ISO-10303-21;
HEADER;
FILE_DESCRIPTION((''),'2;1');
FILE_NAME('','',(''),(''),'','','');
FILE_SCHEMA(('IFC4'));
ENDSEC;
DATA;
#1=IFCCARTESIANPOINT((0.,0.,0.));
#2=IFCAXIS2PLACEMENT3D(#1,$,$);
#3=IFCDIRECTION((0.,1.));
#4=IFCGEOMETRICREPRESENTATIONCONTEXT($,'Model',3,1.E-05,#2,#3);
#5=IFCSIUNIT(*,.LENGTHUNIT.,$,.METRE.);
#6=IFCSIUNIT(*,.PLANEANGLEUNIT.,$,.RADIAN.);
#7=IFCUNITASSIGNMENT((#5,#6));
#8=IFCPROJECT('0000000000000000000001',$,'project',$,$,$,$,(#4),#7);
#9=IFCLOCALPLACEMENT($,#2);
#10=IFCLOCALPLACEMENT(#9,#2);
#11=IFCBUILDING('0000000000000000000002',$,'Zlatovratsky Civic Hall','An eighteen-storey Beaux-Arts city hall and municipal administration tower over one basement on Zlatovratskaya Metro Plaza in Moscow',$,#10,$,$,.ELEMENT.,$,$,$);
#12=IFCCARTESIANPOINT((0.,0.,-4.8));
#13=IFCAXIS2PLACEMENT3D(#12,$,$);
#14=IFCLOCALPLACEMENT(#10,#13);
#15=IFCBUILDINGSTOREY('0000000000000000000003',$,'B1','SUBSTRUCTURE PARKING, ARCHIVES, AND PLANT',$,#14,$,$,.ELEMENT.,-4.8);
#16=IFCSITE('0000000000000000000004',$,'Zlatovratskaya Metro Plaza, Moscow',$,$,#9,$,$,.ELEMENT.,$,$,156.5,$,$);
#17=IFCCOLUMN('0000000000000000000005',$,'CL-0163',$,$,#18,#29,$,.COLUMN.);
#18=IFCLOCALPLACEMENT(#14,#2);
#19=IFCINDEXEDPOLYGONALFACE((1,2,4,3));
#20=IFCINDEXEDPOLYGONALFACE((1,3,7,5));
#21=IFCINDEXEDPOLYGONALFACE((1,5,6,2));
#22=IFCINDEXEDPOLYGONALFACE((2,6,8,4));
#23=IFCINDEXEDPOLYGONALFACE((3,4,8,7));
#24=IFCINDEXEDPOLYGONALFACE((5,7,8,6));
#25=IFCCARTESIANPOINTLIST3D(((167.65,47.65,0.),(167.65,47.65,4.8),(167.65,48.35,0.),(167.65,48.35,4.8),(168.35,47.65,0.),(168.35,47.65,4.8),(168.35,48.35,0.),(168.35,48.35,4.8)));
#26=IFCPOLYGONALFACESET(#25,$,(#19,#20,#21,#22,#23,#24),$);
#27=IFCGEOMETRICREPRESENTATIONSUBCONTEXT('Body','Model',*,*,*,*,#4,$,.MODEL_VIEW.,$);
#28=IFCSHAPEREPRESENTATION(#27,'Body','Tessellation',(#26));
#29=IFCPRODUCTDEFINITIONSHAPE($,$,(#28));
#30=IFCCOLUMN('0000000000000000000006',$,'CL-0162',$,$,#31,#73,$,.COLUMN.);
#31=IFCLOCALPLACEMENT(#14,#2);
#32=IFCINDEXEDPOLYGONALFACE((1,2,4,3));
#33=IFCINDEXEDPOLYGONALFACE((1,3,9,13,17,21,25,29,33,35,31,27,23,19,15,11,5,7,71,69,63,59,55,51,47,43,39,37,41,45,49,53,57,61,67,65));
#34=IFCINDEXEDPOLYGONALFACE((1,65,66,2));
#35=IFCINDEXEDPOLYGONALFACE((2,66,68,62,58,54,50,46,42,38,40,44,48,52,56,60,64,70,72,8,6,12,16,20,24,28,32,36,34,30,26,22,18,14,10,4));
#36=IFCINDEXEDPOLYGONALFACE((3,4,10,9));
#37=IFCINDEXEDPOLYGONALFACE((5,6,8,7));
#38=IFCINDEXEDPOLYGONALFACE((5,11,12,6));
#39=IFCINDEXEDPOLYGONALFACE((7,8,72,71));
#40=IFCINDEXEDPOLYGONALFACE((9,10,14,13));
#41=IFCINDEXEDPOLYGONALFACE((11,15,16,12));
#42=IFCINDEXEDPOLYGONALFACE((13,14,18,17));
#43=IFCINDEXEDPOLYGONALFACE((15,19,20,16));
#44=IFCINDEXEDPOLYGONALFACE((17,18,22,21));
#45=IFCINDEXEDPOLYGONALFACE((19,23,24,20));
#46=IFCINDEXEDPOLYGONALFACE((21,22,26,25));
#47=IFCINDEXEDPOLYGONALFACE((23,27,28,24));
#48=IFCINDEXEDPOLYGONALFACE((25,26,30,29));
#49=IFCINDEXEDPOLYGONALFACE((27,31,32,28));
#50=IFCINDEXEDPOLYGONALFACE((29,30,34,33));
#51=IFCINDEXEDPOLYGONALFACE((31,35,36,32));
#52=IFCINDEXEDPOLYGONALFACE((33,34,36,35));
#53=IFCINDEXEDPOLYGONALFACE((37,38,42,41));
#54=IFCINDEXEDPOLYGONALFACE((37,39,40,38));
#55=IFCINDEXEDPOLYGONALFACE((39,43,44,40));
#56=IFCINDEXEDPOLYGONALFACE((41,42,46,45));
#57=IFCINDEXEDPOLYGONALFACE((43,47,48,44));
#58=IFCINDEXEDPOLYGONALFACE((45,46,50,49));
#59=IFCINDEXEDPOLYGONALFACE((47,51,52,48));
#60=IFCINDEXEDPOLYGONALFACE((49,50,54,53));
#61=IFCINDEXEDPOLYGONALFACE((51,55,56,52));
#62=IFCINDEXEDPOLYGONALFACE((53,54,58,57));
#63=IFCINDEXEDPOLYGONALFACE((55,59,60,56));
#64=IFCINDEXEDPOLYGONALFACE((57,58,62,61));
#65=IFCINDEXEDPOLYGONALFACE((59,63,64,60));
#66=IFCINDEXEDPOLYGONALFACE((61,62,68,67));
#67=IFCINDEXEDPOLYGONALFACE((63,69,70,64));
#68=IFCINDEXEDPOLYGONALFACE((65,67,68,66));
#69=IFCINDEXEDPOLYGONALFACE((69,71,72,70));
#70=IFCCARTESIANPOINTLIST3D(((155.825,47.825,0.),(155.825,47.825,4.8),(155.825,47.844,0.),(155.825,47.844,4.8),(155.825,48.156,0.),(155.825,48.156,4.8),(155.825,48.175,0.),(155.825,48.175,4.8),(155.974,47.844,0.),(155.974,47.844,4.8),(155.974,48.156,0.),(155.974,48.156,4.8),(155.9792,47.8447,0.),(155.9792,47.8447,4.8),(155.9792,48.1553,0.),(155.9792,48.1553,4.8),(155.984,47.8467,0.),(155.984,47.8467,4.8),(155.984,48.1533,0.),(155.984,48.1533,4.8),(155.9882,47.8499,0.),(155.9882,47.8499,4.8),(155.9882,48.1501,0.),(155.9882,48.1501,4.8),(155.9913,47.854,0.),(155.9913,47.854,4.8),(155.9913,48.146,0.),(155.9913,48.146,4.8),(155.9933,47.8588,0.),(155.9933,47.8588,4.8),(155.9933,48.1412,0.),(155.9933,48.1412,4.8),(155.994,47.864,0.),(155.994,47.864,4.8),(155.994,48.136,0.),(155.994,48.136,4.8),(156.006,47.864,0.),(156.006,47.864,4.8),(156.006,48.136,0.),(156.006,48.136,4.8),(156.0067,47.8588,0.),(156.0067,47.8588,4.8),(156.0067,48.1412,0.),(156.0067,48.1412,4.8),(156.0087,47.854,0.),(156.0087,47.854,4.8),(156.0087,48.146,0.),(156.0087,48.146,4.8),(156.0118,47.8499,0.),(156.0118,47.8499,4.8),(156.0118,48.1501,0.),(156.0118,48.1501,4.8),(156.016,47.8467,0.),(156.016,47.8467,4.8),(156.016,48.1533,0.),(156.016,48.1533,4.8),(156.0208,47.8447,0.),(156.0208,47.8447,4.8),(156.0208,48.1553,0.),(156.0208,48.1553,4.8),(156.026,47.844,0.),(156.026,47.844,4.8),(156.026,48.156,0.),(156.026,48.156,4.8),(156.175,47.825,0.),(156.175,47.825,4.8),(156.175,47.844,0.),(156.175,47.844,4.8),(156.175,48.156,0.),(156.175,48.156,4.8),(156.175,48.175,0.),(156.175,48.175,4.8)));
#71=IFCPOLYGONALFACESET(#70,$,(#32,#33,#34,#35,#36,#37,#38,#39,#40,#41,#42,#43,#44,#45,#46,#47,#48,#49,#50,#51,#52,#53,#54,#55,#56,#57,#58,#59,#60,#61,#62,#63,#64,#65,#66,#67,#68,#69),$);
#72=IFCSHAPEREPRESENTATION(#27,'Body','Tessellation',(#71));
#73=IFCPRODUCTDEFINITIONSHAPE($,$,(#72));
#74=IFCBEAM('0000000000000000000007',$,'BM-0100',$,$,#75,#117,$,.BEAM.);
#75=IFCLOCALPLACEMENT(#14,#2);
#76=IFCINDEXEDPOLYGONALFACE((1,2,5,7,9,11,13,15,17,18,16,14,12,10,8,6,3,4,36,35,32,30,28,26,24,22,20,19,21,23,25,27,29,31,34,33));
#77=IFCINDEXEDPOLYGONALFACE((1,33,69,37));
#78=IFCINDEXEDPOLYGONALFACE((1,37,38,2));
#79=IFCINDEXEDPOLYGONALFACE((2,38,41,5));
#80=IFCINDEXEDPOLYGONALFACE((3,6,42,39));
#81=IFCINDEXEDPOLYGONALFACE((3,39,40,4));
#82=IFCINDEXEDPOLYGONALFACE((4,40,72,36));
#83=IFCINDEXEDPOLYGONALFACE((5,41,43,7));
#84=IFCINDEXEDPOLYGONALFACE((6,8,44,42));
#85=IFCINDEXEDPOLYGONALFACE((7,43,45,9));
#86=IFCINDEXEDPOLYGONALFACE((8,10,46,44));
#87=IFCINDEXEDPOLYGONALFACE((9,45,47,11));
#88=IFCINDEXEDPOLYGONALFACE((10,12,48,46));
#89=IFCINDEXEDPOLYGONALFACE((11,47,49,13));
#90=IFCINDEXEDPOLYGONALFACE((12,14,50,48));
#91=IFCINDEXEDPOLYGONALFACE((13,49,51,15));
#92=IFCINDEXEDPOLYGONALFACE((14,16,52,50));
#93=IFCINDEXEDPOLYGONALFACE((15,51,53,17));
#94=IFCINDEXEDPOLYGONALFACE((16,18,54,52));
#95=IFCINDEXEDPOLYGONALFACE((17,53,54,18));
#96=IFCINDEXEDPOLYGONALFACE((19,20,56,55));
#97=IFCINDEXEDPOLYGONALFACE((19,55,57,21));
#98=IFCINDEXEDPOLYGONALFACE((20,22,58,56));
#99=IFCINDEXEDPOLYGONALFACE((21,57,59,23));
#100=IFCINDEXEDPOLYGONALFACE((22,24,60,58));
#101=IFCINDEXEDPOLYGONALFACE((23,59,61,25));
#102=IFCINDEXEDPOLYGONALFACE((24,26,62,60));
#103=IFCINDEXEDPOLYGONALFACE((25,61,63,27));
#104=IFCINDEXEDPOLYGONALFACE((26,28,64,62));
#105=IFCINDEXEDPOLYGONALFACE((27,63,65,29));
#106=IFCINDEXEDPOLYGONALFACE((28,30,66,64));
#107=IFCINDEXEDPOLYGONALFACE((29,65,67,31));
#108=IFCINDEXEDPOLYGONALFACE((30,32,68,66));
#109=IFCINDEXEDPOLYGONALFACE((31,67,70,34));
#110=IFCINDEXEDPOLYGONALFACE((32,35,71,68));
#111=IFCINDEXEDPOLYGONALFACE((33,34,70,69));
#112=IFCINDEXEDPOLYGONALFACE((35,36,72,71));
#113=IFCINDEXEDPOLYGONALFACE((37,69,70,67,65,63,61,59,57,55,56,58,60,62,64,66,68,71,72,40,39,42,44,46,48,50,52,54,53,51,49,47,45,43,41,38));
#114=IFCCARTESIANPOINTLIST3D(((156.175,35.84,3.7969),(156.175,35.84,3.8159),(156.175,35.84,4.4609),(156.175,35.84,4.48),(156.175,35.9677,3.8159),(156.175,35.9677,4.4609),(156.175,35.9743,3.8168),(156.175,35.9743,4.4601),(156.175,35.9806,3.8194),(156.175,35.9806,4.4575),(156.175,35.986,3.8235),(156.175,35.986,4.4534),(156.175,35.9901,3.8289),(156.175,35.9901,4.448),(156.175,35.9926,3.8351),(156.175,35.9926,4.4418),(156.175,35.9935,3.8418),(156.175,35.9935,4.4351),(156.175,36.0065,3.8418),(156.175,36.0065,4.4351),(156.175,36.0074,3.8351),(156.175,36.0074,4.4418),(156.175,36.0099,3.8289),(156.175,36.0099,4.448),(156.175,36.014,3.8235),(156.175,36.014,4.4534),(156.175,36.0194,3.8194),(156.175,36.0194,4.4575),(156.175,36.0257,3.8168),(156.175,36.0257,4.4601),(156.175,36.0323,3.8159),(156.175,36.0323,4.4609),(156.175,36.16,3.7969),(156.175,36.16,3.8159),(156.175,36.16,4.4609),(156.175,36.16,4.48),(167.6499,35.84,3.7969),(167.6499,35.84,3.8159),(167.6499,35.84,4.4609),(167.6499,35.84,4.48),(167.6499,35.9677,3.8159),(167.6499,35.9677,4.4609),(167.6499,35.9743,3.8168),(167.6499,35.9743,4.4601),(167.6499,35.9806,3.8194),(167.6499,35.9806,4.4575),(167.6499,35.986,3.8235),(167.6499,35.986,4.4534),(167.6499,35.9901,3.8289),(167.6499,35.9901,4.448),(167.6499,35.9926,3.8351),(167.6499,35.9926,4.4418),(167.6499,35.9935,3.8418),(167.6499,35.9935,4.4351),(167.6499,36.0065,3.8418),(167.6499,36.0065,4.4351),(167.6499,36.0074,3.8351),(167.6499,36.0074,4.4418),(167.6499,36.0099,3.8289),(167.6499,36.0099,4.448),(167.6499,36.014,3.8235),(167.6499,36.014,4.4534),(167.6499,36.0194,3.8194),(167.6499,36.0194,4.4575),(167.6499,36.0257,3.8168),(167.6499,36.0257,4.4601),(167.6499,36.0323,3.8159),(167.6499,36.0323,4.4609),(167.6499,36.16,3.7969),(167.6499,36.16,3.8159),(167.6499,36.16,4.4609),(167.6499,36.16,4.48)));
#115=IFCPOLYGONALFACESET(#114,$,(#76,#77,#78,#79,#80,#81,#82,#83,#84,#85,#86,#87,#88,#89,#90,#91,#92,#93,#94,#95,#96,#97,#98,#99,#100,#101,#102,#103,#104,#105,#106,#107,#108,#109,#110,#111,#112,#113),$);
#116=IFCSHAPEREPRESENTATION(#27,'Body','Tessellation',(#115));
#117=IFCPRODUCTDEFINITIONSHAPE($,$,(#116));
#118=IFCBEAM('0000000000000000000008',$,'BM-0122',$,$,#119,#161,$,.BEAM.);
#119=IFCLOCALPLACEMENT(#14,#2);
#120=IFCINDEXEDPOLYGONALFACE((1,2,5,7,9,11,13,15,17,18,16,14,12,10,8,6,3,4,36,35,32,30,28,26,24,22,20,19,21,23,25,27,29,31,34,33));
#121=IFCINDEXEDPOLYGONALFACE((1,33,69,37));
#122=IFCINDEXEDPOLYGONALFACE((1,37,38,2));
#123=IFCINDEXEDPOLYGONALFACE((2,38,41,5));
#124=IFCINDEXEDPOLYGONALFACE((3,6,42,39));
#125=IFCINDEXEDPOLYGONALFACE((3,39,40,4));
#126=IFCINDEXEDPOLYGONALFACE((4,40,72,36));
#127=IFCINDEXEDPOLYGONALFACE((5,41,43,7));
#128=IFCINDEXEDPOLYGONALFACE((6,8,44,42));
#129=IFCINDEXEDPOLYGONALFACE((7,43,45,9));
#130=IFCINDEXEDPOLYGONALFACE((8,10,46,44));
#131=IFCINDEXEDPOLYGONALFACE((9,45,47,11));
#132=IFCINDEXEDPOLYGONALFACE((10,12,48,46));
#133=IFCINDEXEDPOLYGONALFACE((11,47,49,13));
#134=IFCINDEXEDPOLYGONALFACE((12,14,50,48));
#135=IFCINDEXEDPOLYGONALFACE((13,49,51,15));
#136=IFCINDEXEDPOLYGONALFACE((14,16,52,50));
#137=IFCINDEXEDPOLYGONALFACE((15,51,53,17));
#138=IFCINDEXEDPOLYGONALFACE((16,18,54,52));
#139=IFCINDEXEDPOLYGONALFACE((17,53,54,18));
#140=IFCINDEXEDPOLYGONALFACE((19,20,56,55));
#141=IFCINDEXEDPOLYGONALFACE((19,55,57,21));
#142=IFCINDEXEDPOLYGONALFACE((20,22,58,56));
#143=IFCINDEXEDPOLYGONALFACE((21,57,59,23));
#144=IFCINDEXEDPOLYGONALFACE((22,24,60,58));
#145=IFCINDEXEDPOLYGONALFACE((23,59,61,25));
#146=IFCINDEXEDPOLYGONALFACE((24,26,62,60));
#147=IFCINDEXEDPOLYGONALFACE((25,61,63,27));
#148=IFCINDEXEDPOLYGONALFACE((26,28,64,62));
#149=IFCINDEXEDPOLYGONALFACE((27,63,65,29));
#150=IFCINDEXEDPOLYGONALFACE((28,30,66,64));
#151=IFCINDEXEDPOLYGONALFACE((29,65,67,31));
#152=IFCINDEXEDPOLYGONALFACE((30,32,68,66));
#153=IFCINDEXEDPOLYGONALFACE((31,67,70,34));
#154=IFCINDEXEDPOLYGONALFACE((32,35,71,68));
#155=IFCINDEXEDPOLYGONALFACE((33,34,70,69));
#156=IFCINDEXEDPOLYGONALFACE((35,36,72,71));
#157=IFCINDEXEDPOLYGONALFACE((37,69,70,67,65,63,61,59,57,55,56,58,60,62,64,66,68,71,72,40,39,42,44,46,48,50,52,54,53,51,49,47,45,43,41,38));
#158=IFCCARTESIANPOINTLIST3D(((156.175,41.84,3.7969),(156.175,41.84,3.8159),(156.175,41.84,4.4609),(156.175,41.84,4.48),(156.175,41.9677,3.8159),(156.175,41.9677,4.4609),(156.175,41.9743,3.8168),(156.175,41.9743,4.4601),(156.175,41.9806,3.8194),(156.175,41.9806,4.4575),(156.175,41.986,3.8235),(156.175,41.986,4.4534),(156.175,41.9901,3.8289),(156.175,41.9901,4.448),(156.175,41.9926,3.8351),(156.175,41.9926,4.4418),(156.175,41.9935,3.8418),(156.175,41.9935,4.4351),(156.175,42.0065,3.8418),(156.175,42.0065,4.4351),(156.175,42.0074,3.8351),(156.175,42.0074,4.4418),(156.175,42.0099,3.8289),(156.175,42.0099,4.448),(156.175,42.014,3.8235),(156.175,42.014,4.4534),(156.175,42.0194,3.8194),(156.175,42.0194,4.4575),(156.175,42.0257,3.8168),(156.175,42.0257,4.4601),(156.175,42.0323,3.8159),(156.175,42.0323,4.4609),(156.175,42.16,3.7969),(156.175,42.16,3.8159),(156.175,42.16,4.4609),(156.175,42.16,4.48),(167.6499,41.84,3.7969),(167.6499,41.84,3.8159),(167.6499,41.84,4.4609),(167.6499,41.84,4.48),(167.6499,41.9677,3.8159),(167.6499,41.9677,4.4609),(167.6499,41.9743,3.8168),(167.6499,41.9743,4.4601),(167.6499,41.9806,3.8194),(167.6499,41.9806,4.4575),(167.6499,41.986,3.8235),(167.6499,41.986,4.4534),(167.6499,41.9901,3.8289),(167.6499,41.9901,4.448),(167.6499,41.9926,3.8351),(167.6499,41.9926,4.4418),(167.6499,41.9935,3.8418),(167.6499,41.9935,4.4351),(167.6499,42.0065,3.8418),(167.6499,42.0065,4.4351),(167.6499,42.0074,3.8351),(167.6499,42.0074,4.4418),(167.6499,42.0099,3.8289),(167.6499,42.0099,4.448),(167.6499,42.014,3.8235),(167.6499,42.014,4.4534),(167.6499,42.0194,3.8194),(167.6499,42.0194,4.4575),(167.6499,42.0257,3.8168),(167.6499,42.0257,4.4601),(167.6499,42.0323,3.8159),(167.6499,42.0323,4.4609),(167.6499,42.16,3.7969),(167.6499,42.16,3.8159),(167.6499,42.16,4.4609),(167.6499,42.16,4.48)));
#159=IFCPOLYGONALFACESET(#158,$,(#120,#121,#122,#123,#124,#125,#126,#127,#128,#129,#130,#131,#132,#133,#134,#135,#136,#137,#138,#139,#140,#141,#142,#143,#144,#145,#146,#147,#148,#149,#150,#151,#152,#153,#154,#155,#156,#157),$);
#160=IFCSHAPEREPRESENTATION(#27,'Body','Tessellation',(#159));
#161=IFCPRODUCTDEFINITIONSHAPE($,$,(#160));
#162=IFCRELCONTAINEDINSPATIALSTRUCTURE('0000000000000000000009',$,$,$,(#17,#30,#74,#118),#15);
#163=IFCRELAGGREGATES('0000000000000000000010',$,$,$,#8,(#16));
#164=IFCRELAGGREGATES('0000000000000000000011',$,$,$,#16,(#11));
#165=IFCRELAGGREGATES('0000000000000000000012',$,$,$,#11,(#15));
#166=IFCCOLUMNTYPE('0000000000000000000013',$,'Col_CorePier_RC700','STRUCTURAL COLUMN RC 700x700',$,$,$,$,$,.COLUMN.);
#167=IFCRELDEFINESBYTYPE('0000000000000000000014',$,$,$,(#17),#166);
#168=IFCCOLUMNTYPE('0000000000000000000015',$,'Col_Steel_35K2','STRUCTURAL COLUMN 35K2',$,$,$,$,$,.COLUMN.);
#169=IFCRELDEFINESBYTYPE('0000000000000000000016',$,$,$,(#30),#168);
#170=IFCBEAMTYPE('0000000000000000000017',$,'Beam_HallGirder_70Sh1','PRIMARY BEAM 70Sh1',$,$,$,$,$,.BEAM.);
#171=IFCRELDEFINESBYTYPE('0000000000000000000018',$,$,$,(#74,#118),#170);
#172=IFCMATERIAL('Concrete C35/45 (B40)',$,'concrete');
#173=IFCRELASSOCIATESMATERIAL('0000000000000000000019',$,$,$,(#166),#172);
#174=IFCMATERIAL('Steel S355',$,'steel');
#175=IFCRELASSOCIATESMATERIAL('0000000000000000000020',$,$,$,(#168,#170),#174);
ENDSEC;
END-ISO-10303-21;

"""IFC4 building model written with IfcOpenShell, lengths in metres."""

from ifc_helpers import new_model, si_unit, direction, frame, origin, origin_2d, place, context, subcontext, project, spatial, rectangle, i_section, extrude, material, material_profile, profile_set, type_object, element, save


model = new_model("IFC4")

# Units and contexts
model_context = context("Model", 3, precision=1e-05, world=origin(), true_north=direction((0.0, 1.0)))
body_context = subcontext(model_context, "Body", "Model", "MODEL_VIEW")
ifc_project = project(units=[si_unit("LENGTHUNIT", "METRE"), si_unit("PLANEANGLEUNIT", "RADIAN")], contexts=[model_context])

# Site, building, storey
site_placement = place(None, origin())
site = spatial("IfcSite", under=ifc_project, at=site_placement, Name="Zlatovratskaya Metro Plaza, Moscow", CompositionType="ELEMENT", RefElevation=156.5)
building_placement = place(site_placement, origin())
building = spatial("IfcBuilding", under=site, at=building_placement, Name="Zlatovratsky Civic Hall", Description="An eighteen-storey Beaux-Arts city hall and municipal administration tower over one basement on Zlatovratskaya Metro Plaza in Moscow", CompositionType="ELEMENT")
storey_placement = place(building_placement, frame((0.0, 0.0, -4.8)))
storey = spatial("IfcBuildingStorey", under=building, at=storey_placement, Name="B1", Description="SUBSTRUCTURE PARKING, ARCHIVES, AND PLANT", CompositionType="ELEMENT", Elevation=-4.8)

# Columns
ifc_material_1 = material(Name="Concrete C35/45 (B40)", Category="concrete")
ifc_material_profile_1 = material_profile(ifc_material_1, rectangle(XDim=0.7, YDim=0.7, at=origin_2d()), Name="RC 700x700")
ifc_profile_set_1 = profile_set([ifc_material_profile_1], Name="Concrete C35/45 (B40)")
column_type_1 = type_object("IfcColumnType", Name="Col_CorePier_RC700", Description="STRUCTURAL COLUMN RC 700x700", PredefinedType="COLUMN", material=ifc_profile_set_1)
for number, where, z_axis, x_axis, name in (
    (1, (168.0, 48.0, 0.0), (0.0, 0.0, 1.0), (1.0, 0.0, 0.0), "CL-0163"),
):
    element("IfcColumn", number, at=place(storey_placement, frame(where, z_axis=z_axis, x_axis=x_axis)), inside=storey, type_object=column_type_1, Name=name, PredefinedType="COLUMN", context=body_context, shape_type="SweptSolid", body=[
        extrude(rectangle(XDim=0.7, YDim=0.7, at=origin_2d()), origin(), (0.0, 0.0, 1.0), 4.8),
    ])
ifc_material_2 = material(Name="Steel S355", Category="steel")
ifc_material_profile_2 = material_profile(ifc_material_2, i_section(OverallWidth=0.3501, OverallDepth=0.3501, WebThickness=0.012, FlangeThickness=0.019, FilletRadius=0.02, at=origin_2d()), Name="35K2")
ifc_profile_set_2 = profile_set([ifc_material_profile_2], Name="Steel S355")
column_type_2 = type_object("IfcColumnType", Name="Col_Steel_35K2", Description="STRUCTURAL COLUMN 35K2", PredefinedType="COLUMN", material=ifc_profile_set_2)
column_placement = place(storey_placement, frame((156.0, 48.0, 0.0), z_axis=(0.0, 0.0, 1.0), x_axis=(1.0, 0.0, 0.0)))
element("IfcColumn", 2, at=column_placement, inside=storey, type_object=column_type_2, Name="CL-0162", PredefinedType="COLUMN", context=body_context, shape_type="SweptSolid", body=[
    extrude(i_section(OverallWidth=0.3501, OverallDepth=0.3501, WebThickness=0.012, FlangeThickness=0.019, FilletRadius=0.02, at=origin_2d()), origin(), (0.0, 0.0, 1.0), 4.8),
])

# Beams
ifc_material_profile_3 = material_profile(ifc_material_2, i_section(OverallWidth=0.3201, OverallDepth=0.6831, WebThickness=0.0129, FlangeThickness=0.019, FilletRadius=0.0259, at=origin_2d()), Name="70Sh1")
ifc_profile_set_3 = profile_set([ifc_material_profile_3], Name="Steel S355")
beam_type_1 = type_object("IfcBeamType", Name="Beam_HallGirder_70Sh1", Description="PRIMARY BEAM 70Sh1", PredefinedType="BEAM", material=ifc_profile_set_3)
for number, where, z_axis, x_axis, name in (
    (3, (156.175, 36.0, 4.1384), (1.0, 0.0, 0.0), (0.0, 1.0, 0.0), "BM-0100"),
    (4, (156.175, 42.0, 4.1384), (1.0, 0.0, 0.0), (0.0, 1.0, 0.0), "BM-0122"),
):
    element("IfcBeam", number, at=place(storey_placement, frame(where, z_axis=z_axis, x_axis=x_axis)), inside=storey, type_object=beam_type_1, Name=name, PredefinedType="BEAM", context=body_context, shape_type="SweptSolid", body=[
        extrude(i_section(OverallWidth=0.3201, OverallDepth=0.6831, WebThickness=0.0129, FlangeThickness=0.019, FilletRadius=0.0259, at=origin_2d()), origin(), (0.0, 0.0, 1.0), 11.4749),
    ])

save(model, "model.ifc")
